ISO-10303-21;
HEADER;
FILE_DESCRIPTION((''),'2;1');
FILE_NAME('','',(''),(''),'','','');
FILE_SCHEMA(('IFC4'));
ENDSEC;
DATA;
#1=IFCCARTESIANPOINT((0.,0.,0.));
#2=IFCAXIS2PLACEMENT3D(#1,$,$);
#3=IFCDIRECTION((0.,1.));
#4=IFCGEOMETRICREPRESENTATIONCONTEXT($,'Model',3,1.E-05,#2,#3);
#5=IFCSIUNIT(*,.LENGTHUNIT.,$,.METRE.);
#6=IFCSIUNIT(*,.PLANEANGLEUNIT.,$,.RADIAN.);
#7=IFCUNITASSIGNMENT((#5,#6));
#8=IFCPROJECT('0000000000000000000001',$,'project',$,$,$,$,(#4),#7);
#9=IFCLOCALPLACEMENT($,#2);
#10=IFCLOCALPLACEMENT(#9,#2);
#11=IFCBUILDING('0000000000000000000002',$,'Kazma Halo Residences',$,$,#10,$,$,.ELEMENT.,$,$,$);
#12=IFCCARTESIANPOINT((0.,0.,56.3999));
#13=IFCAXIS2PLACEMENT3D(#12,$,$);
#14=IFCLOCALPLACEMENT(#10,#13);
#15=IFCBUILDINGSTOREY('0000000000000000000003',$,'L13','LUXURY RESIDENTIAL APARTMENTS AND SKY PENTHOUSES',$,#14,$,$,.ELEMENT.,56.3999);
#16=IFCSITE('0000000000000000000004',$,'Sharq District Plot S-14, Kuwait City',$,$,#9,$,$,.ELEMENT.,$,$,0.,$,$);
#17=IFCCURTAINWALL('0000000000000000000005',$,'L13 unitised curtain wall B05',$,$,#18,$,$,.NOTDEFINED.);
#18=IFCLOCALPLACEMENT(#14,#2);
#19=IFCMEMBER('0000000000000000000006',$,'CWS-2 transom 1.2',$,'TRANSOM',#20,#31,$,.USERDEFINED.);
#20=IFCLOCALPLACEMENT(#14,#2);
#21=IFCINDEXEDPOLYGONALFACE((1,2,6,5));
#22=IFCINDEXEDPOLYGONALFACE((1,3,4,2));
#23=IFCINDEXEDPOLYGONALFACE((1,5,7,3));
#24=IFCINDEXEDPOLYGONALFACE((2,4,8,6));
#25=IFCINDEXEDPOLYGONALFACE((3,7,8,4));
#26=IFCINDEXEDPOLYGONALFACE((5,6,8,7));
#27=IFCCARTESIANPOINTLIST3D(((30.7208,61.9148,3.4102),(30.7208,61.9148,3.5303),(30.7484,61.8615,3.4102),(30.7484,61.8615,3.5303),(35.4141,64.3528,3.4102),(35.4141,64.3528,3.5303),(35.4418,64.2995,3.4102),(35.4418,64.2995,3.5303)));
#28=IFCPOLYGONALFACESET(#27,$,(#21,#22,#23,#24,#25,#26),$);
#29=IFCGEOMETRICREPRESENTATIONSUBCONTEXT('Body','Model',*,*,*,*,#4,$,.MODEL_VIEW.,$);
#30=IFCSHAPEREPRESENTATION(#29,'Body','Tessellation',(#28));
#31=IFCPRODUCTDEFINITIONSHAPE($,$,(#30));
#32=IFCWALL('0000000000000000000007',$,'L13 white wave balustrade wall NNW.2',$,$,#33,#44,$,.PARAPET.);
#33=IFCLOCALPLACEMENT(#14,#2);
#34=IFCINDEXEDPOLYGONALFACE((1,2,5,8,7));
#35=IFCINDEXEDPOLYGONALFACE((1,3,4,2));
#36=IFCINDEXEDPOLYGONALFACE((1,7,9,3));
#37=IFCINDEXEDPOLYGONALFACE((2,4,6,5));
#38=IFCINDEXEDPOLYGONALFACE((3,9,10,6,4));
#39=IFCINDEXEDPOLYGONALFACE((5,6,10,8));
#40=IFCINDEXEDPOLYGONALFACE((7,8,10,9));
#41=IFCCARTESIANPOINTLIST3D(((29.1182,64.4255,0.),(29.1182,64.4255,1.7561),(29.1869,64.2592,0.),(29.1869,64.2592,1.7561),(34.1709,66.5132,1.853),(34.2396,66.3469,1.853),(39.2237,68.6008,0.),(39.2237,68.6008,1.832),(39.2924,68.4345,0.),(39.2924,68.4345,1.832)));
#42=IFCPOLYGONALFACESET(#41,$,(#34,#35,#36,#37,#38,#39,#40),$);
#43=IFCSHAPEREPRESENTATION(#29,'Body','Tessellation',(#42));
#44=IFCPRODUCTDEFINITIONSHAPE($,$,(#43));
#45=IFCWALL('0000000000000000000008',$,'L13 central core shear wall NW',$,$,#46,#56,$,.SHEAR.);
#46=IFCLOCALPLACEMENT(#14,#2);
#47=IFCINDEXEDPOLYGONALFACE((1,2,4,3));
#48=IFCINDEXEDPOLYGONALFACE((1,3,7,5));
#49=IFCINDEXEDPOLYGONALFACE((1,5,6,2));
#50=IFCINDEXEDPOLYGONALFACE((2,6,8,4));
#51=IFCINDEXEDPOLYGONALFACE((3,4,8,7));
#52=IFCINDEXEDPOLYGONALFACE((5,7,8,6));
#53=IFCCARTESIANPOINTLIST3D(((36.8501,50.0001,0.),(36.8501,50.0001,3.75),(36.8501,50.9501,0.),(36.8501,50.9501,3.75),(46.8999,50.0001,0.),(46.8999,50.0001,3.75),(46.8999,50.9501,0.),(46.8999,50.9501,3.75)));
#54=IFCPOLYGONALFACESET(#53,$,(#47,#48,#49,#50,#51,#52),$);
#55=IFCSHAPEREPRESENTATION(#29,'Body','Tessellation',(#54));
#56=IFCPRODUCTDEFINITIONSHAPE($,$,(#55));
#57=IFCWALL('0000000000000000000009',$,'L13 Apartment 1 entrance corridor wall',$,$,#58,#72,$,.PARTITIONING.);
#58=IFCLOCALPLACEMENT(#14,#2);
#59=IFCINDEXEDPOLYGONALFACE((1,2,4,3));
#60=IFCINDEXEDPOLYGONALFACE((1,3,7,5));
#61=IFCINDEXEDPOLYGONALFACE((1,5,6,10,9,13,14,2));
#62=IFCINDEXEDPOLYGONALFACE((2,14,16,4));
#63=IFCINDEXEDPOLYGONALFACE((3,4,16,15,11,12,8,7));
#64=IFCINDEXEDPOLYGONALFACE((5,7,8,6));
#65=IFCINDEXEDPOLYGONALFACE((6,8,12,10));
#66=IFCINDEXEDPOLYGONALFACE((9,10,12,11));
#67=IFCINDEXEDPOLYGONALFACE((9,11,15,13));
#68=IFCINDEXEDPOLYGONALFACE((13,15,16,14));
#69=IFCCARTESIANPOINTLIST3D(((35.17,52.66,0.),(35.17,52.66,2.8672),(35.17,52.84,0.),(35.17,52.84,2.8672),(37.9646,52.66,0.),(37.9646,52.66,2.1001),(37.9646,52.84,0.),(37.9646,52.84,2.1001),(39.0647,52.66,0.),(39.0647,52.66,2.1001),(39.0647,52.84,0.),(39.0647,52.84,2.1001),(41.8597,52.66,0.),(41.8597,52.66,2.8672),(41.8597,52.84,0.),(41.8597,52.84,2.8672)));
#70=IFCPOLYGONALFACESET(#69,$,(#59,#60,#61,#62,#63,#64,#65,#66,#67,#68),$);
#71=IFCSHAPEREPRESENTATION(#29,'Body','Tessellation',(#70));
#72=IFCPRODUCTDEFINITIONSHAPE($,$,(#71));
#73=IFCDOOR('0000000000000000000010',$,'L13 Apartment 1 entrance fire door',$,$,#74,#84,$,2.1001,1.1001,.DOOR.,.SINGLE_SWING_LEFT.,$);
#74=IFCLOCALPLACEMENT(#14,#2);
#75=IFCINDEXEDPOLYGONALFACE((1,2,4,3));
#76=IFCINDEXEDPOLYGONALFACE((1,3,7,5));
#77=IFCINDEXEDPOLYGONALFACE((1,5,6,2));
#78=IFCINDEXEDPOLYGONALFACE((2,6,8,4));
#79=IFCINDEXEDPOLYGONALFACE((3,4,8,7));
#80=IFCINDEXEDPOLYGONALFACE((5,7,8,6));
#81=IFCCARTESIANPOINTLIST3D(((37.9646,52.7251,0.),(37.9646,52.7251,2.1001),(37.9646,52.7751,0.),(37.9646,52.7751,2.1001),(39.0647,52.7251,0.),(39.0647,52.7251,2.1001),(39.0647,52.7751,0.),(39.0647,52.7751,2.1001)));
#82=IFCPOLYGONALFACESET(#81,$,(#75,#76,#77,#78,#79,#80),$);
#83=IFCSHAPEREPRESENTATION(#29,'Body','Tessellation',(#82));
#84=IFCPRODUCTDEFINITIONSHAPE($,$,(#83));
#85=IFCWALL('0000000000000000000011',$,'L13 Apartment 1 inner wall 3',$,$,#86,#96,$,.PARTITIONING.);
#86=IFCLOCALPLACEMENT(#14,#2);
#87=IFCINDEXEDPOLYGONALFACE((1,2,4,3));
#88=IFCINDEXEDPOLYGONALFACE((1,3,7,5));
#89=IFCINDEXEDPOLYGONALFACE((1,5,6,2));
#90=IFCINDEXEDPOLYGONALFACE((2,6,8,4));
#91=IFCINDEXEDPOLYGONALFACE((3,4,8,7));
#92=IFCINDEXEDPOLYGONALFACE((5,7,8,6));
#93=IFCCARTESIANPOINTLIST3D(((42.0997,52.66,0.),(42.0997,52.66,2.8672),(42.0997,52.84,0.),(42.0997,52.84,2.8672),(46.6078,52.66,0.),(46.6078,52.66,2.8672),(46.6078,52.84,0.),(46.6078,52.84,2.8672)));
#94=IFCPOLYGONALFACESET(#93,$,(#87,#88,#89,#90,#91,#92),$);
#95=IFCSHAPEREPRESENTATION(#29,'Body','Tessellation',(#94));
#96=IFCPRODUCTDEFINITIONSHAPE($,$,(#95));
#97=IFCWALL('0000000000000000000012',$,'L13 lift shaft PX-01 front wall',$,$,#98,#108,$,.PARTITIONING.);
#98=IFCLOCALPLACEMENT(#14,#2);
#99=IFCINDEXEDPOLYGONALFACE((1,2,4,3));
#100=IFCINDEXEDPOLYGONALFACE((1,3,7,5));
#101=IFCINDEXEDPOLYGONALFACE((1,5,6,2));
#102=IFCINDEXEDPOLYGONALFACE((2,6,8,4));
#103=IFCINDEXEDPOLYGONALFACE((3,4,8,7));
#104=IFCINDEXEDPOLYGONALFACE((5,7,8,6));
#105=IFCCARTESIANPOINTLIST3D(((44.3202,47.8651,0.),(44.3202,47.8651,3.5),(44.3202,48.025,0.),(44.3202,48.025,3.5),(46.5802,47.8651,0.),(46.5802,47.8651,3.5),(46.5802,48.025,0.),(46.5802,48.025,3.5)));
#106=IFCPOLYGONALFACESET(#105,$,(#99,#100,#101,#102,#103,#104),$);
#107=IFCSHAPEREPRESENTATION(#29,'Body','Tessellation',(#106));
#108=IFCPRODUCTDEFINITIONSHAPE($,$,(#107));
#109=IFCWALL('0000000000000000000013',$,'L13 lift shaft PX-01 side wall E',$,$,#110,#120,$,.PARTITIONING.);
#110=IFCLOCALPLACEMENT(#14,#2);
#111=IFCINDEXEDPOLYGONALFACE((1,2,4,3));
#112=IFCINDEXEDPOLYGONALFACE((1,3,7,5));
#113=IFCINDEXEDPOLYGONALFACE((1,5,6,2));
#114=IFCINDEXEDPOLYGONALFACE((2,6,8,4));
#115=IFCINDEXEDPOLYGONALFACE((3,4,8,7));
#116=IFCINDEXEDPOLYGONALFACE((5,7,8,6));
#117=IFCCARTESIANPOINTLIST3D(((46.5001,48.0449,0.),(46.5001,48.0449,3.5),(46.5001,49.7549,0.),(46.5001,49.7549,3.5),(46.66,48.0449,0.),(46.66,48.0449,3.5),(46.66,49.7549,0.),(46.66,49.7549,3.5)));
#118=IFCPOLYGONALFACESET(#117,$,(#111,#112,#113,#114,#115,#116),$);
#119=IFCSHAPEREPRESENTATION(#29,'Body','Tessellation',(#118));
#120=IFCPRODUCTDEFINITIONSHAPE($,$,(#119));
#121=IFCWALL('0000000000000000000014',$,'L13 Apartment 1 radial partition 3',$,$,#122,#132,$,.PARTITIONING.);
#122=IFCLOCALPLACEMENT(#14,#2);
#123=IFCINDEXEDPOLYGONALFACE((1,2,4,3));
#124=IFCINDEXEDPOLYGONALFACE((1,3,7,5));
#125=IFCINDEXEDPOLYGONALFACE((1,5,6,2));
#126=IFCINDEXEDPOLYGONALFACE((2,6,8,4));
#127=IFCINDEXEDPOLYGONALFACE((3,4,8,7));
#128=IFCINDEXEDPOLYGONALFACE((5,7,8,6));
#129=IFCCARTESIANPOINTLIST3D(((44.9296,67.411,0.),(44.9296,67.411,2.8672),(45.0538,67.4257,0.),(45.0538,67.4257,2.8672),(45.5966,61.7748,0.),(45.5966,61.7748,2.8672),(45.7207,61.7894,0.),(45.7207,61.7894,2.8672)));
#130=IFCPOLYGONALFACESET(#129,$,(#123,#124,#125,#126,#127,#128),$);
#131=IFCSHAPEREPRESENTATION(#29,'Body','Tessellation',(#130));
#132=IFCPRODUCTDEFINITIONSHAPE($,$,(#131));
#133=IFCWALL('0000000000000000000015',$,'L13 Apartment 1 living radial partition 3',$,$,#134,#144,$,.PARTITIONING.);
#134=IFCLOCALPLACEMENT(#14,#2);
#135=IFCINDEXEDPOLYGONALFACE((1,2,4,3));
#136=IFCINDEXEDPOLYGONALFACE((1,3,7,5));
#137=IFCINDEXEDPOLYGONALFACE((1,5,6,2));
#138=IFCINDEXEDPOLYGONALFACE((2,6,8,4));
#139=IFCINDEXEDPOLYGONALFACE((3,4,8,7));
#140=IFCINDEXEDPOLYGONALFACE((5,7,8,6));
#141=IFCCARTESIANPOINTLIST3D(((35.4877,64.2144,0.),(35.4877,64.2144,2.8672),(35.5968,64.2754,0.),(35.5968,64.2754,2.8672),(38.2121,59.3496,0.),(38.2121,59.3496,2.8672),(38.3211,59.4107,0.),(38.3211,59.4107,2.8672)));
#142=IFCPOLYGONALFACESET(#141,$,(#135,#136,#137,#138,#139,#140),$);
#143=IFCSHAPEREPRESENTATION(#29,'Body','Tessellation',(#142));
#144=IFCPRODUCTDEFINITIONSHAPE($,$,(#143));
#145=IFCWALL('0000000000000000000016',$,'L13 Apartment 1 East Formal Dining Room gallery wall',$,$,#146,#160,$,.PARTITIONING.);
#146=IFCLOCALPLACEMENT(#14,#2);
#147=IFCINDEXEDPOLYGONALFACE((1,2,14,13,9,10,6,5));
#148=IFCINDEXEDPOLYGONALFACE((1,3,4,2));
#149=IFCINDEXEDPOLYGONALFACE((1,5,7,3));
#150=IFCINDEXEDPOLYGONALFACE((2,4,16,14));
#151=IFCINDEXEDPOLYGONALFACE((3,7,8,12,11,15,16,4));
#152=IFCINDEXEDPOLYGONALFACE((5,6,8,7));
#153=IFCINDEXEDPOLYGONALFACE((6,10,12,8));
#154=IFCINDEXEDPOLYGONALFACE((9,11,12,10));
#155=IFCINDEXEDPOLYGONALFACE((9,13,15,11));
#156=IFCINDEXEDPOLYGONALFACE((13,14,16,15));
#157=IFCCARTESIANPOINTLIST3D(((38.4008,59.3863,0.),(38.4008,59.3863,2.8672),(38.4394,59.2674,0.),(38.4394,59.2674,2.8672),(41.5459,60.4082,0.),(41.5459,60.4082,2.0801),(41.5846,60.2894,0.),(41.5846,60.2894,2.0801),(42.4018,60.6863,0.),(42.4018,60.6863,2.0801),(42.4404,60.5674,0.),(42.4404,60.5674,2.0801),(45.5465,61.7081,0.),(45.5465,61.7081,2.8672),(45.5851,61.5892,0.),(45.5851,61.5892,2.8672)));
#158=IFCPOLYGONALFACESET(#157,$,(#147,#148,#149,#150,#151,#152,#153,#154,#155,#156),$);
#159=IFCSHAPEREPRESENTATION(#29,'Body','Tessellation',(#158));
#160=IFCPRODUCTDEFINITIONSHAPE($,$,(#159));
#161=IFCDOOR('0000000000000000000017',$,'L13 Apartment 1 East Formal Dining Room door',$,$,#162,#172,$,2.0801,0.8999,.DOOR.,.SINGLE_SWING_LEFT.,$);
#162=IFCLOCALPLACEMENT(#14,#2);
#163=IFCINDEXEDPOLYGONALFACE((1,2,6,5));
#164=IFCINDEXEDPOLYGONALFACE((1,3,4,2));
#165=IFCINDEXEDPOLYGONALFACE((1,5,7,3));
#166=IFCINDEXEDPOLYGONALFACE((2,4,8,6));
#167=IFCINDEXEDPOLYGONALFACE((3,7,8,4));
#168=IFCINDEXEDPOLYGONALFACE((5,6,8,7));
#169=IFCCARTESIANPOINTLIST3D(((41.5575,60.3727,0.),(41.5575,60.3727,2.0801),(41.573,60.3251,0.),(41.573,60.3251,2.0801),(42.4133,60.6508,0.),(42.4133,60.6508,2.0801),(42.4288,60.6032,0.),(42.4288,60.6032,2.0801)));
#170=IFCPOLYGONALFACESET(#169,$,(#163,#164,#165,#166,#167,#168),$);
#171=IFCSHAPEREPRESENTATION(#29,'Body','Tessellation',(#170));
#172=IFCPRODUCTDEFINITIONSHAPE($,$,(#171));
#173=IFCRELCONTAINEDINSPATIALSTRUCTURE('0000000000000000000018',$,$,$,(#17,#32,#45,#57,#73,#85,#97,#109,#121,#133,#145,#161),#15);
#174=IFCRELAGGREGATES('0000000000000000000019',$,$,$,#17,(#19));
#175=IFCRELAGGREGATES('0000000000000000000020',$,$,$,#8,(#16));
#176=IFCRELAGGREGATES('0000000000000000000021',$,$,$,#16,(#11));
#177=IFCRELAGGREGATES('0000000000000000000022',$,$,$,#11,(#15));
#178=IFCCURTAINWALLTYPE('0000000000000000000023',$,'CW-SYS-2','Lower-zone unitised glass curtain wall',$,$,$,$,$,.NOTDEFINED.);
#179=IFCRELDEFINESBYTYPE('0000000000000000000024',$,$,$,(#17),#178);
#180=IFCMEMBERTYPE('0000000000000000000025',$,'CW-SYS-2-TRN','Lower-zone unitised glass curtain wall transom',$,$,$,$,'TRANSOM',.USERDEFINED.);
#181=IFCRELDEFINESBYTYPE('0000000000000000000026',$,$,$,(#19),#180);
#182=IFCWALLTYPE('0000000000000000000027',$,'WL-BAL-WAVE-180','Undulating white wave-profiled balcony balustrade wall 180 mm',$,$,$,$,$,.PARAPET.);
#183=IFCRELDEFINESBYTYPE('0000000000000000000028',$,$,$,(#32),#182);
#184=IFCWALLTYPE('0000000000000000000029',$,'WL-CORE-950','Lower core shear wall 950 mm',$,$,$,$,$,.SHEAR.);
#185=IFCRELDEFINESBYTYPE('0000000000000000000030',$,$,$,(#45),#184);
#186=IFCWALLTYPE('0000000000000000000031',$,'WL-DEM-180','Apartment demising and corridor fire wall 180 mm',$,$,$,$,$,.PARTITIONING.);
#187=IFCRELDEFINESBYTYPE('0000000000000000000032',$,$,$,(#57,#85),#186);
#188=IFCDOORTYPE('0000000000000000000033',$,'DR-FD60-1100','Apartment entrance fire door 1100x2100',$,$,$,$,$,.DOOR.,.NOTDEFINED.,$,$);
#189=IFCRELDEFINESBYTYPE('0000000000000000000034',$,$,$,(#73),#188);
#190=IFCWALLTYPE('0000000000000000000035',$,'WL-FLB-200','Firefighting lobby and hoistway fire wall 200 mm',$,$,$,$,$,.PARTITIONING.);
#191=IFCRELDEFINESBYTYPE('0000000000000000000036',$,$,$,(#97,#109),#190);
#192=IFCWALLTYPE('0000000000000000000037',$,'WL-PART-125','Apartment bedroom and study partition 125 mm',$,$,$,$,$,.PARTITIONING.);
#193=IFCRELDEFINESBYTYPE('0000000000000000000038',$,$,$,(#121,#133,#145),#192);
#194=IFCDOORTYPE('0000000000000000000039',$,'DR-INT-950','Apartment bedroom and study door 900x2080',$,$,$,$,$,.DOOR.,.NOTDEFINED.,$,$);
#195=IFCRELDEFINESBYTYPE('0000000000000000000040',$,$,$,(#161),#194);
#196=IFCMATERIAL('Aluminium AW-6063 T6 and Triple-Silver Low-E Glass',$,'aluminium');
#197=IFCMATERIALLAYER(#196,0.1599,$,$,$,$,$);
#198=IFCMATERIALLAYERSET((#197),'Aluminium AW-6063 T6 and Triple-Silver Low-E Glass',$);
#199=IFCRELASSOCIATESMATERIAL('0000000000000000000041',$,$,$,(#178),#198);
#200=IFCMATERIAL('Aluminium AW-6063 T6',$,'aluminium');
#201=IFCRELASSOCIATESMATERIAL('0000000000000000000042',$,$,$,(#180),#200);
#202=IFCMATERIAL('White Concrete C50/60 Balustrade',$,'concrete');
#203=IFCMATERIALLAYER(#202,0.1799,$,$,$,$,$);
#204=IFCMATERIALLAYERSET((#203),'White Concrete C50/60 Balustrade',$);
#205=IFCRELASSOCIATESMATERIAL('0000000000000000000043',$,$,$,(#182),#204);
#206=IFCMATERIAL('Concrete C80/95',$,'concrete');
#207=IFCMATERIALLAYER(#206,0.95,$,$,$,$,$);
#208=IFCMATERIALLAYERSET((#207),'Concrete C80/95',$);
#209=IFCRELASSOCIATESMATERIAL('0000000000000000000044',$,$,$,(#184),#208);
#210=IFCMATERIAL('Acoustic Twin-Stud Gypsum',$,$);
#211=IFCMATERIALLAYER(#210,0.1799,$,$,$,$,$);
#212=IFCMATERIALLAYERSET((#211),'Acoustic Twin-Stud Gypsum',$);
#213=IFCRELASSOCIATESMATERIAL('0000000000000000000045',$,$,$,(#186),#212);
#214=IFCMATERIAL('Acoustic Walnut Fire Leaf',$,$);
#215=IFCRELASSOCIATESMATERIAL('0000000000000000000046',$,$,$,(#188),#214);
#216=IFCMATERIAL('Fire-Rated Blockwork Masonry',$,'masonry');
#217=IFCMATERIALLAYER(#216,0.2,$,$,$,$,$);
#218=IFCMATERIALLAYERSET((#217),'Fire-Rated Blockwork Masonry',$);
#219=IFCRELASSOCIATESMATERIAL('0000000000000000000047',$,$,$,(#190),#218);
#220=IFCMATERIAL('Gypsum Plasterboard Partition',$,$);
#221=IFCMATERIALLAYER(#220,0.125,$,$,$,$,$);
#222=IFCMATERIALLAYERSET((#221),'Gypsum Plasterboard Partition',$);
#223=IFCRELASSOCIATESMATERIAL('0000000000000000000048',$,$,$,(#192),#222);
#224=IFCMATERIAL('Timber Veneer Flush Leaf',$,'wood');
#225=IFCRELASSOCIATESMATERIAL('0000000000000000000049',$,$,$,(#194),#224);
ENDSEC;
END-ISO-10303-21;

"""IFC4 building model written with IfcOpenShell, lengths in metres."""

from ifc_helpers import new_model, si_unit, direction, frame, frame_2d, origin, origin_2d, place, context, subcontext, project, spatial, polyline, rectangle, outline, extrude, material, layer, layer_set, material_profile, profile_set, type_object, element, fill, aggregate, save


model = new_model("IFC4")

# Units and contexts
model_context = context("Model", 3, precision=1e-05, world=origin(), true_north=direction((0.0, 1.0)))
body_context = subcontext(model_context, "Body", "Model", "MODEL_VIEW")
ifc_project = project(units=[si_unit("LENGTHUNIT", "METRE"), si_unit("PLANEANGLEUNIT", "RADIAN")], contexts=[model_context])

# Site, building, storey
site_placement = place(None, origin())
site = spatial("IfcSite", under=ifc_project, at=site_placement, Name="Sharq District Plot S-14, Kuwait City", CompositionType="ELEMENT", RefElevation=0.0)
building_placement = place(site_placement, origin())
building = spatial("IfcBuilding", under=site, at=building_placement, Name="Kazma Halo Residences", CompositionType="ELEMENT")
storey_placement = place(building_placement, frame((0.0, 0.0, 56.3999)))
storey = spatial("IfcBuildingStorey", under=building, at=storey_placement, Name="L13", Description="LUXURY RESIDENTIAL APARTMENTS AND SKY PENTHOUSES", CompositionType="ELEMENT", Elevation=56.3999)

# Shared definitions
ifc_material_1 = material(Name="Concrete C80/95", Category="concrete")

# Shared definitions
ifc_material_2 = material(Name="Aluminium AW-6063 T6 and Triple-Silver Low-E Glass", Category="aluminium")
ifc_layer_1 = layer(ifc_material_2, 0.1599)
ifc_layer_set_1 = layer_set([ifc_layer_1], Name="Aluminium AW-6063 T6 and Triple-Silver Low-E Glass")
curtain_wall_type = type_object("IfcCurtainWallType", Name="CW-SYS-2", Description="Lower-zone unitised glass curtain wall", PredefinedType="NOTDEFINED", material=ifc_layer_set_1)
ifc_material_3 = material(Name="Aluminium AW-6063 T6", Category="aluminium")

# Curtain wall, member
curtain_wall_1_placement = place(storey_placement, origin())
curtain_wall_1 = element("IfcCurtainWall", 1, at=curtain_wall_1_placement, inside=storey, type_object=curtain_wall_type, Name="L13 unitised curtain wall B05", PredefinedType="NOTDEFINED")
ifc_material_profile_1 = material_profile(ifc_material_3, rectangle(XDim=0.0601, YDim=0.1201, at=origin_2d()), Name="CWT-60x120")
ifc_profile_set_1 = profile_set([ifc_material_profile_1], Name="Aluminium AW-6063 T6")
member_type_1 = type_object("IfcMemberType", Name="CW-SYS-2-TRN", Description="Lower-zone unitised glass curtain wall transom", ElementType="TRANSOM", PredefinedType="USERDEFINED", material=ifc_profile_set_1)
member_1_placement = place(storey_placement, frame((35.428, 64.3262, 3.4702), z_axis=(-0.887415, -0.460972, 0.0), x_axis=(0.460972, -0.887415, 0.0)))
member_1 = element("IfcMember", 2, at=member_1_placement, type_object=member_type_1, Name="CWS-2 transom 1.2", ObjectType="TRANSOM", PredefinedType="USERDEFINED", context=body_context, shape_type="SweptSolid", body=[
    extrude(rectangle(XDim=0.0601, YDim=0.1201, at=origin_2d()), origin(), (0.0, 0.0, 1.0), 5.2888),
])
aggregate(curtain_wall_1, [member_1])

# Walls
ifc_material_4 = material(Name="White Concrete C50/60 Balustrade", Category="concrete")
ifc_layer_2 = layer(ifc_material_4, 0.1799)
ifc_layer_set_2 = layer_set([ifc_layer_2], Name="White Concrete C50/60 Balustrade")
wall_type_1 = type_object("IfcWallType", Name="WL-BAL-WAVE-180", Description="Undulating white wave-profiled balcony balustrade wall 180 mm", PredefinedType="PARAPET", material=ifc_layer_set_2)
wall_1_placement = place(storey_placement, frame((39.2581, 68.5176, 0.0), z_axis=(0.0, 0.0, 1.0), x_axis=(-0.92422, -0.381861, 0.0)))
element("IfcWall", 3, at=wall_1_placement, inside=storey, type_object=wall_type_1, Name="L13 white wave balustrade wall NNW.2", PredefinedType="PARAPET", context=body_context, shape_type="SweptSolid", body=[
    extrude(outline(polyline([(0.0, 0.0), (10.9341, 0.0), (10.9341, 1.7561), (5.467, 1.853), (0.0, 1.832), (0.0, 0.0)])), frame((0.0, 0.0898, 0.0), z_axis=(0.0, -1.0, 0.0), x_axis=(1.0, 0.0, 0.0)), (0.0, 0.0, 1.0), 0.1799),
])
ifc_layer_3 = layer(ifc_material_1, 0.95)
ifc_layer_set_3 = layer_set([ifc_layer_3], Name="Concrete C80/95")
wall_type_2 = type_object("IfcWallType", Name="WL-CORE-950", Description="Lower core shear wall 950 mm", PredefinedType="SHEAR", material=ifc_layer_set_3)
wall_2_placement = place(storey_placement, frame((36.8501, 50.4751, 0.0), z_axis=(0.0, 0.0, 1.0), x_axis=(1.0, 0.0, 0.0)))
element("IfcWall", 4, at=wall_2_placement, inside=storey, type_object=wall_type_2, Name="L13 central core shear wall NW", PredefinedType="SHEAR", context=body_context, shape_type="SweptSolid", body=[
    extrude(rectangle(XDim=10.0498, YDim=0.95, at=frame_2d((5.0249, 0.0))), origin(), (0.0, 0.0, 1.0), 3.75),
])

# Wall, opening, door
ifc_material_5 = material(Name="Acoustic Twin-Stud Gypsum")
ifc_layer_4 = layer(ifc_material_5, 0.1799)
ifc_layer_set_4 = layer_set([ifc_layer_4], Name="Acoustic Twin-Stud Gypsum")
wall_type_3 = type_object("IfcWallType", Name="WL-DEM-180", Description="Apartment demising and corridor fire wall 180 mm", PredefinedType="PARTITIONING", material=ifc_layer_set_4)
wall_3_placement = place(storey_placement, frame((41.8596, 52.75, 0.0), z_axis=(0.0, 0.0, 1.0), x_axis=(-1.0, 0.0, 0.0)))
wall_3 = element("IfcWall", 5, at=wall_3_placement, inside=storey, type_object=wall_type_3, Name="L13 Apartment 1 entrance corridor wall", PredefinedType="PARTITIONING", context=body_context, shape_type="SweptSolid", body=[
    extrude(rectangle(XDim=6.6897, YDim=0.1799, at=frame_2d((3.3447, 0.0))), origin(), (0.0, 0.0, 1.0), 2.8672),
])
opening_1_placement = place(wall_3_placement, frame((2.7949, 0.0, 0.0)))
opening_1 = element("IfcOpeningElement", 6, at=opening_1_placement, cuts=wall_3, PredefinedType="OPENING", context=body_context, shape_type="SweptSolid", body=[
    extrude(rectangle(XDim=1.1001, YDim=2.1001, at=frame_2d((0.55, 1.05))), frame((0.0, 0.0999, 0.0), z_axis=(0.0, -1.0, 0.0), x_axis=(1.0, 0.0, 0.0)), (0.0, 0.0, 1.0), 0.2),
])
ifc_material_6 = material(Name="Acoustic Walnut Fire Leaf")
door_type_1 = type_object("IfcDoorType", Name="DR-FD60-1100", Description="Apartment entrance fire door 1100x2100", OperationType="NOTDEFINED", PredefinedType="DOOR", material=ifc_material_6)
door_1_placement = place(opening_1_placement, origin())
door_1 = element("IfcDoor", 7, at=door_1_placement, inside=storey, type_object=door_type_1, Name="L13 Apartment 1 entrance fire door", OperationType="SINGLE_SWING_LEFT", OverallHeight=2.1001, OverallWidth=1.1001, PredefinedType="DOOR", context=body_context, shape_type="SweptSolid", body=[
    extrude(rectangle(XDim=1.1001, YDim=2.1001, at=frame_2d((0.55, 1.05))), frame((0.0, 0.0249, 0.0), z_axis=(0.0, -1.0, 0.0), x_axis=(1.0, 0.0, 0.0)), (0.0, 0.0, 1.0), 0.05),
])
fill(opening_1, door_1)

# Wall
wall_4_placement = place(storey_placement, frame((46.6077, 52.75, 0.0), z_axis=(0.0, 0.0, 1.0), x_axis=(-1.0, 0.0, 0.0)))
element("IfcWall", 8, at=wall_4_placement, inside=storey, type_object=wall_type_3, Name="L13 Apartment 1 inner wall 3", PredefinedType="PARTITIONING", context=body_context, shape_type="SweptSolid", body=[
    extrude(rectangle(XDim=4.5081, YDim=0.1799, at=frame_2d((2.2539, 0.0))), origin(), (0.0, 0.0, 1.0), 2.8672),
])

# Walls
ifc_material_7 = material(Name="Fire-Rated Blockwork Masonry", Category="masonry")
ifc_layer_5 = layer(ifc_material_7, 0.2)
ifc_layer_set_5 = layer_set([ifc_layer_5], Name="Fire-Rated Blockwork Masonry")
wall_type_4 = type_object("IfcWallType", Name="WL-FLB-200", Description="Firefighting lobby and hoistway fire wall 200 mm", PredefinedType="PARTITIONING", material=ifc_layer_set_5)
wall_5_placement = place(storey_placement, frame((46.5801, 47.9451, 0.0), z_axis=(0.0, 0.0, 1.0), x_axis=(-1.0, 0.0, 0.0)))
element("IfcWall", 9, at=wall_5_placement, inside=storey, type_object=wall_type_4, Name="L13 lift shaft PX-01 front wall", PredefinedType="PARTITIONING", context=body_context, shape_type="SweptSolid", body=[
    extrude(rectangle(XDim=2.26, YDim=0.1599, at=frame_2d((1.1299, 0.0))), origin(), (0.0, 0.0, 1.0), 3.5),
])
wall_6_placement = place(storey_placement, frame((46.5801, 48.0449, 0.0), z_axis=(0.0, 0.0, 1.0), x_axis=(0.0, 1.0, 0.0)))
element("IfcWall", 10, at=wall_6_placement, inside=storey, type_object=wall_type_4, Name="L13 lift shaft PX-01 side wall E", PredefinedType="PARTITIONING", context=body_context, shape_type="SweptSolid", body=[
    extrude(rectangle(XDim=1.71, YDim=0.1599, at=frame_2d((0.855, 0.0))), origin(), (0.0, 0.0, 1.0), 3.5),
])
ifc_material_8 = material(Name="Gypsum Plasterboard Partition")
ifc_layer_6 = layer(ifc_material_8, 0.125)
ifc_layer_set_6 = layer_set([ifc_layer_6], Name="Gypsum Plasterboard Partition")
wall_type_5 = type_object("IfcWallType", Name="WL-PART-125", Description="Apartment bedroom and study partition 125 mm", PredefinedType="PARTITIONING", material=ifc_layer_set_6)
wall_7_placement = place(storey_placement, frame((45.6587, 61.782, 0.0), z_axis=(0.0, 0.0, 1.0), x_axis=(-0.11752, 0.993071, 0.0)))
element("IfcWall", 11, at=wall_7_placement, inside=storey, type_object=wall_type_5, Name="L13 Apartment 1 radial partition 3", PredefinedType="PARTITIONING", context=body_context, shape_type="SweptSolid", body=[
    extrude(rectangle(XDim=5.6755, YDim=0.125, at=frame_2d((2.8379, 0.0))), origin(), (0.0, 0.0, 1.0), 2.8672),
])
wall_8_placement = place(storey_placement, frame((38.2666, 59.3801, 0.0), z_axis=(0.0, 0.0, 1.0), x_axis=(-0.488618, 0.872498, 0.0)))
element("IfcWall", 12, at=wall_8_placement, inside=storey, type_object=wall_type_5, Name="L13 Apartment 1 living radial partition 3", PredefinedType="PARTITIONING", context=body_context, shape_type="SweptSolid", body=[
    extrude(rectangle(XDim=5.5757, YDim=0.125, at=frame_2d((2.7878, 0.0))), origin(), (0.0, 0.0, 1.0), 2.8672),
])

# Wall, opening, door
wall_9_placement = place(storey_placement, frame((45.5659, 61.6487, 0.0), z_axis=(0.0, 0.0, 1.0), x_axis=(-0.951057, -0.309015, 0.0)))
wall_9 = element("IfcWall", 13, at=wall_9_placement, inside=storey, type_object=wall_type_5, Name="L13 Apartment 1 East Formal Dining Room gallery wall", PredefinedType="PARTITIONING", context=body_context, shape_type="SweptSolid", body=[
    extrude(rectangle(XDim=7.5134, YDim=0.125, at=frame_2d((3.7568, 0.0))), origin(), (0.0, 0.0, 1.0), 2.8672),
])
opening_2_placement = place(wall_9_placement, frame((3.3066, 0.0, 0.0)))
opening_2 = element("IfcOpeningElement", 14, at=opening_2_placement, cuts=wall_9, PredefinedType="OPENING", context=body_context, shape_type="SweptSolid", body=[
    extrude(rectangle(XDim=0.8999, YDim=2.0801, at=frame_2d((0.45, 1.04))), frame((0.0, 0.0725, 0.0), z_axis=(0.0, -1.0, 0.0), x_axis=(1.0, 0.0, 0.0)), (0.0, 0.0, 1.0), 0.145),
])
ifc_material_9 = material(Name="Timber Veneer Flush Leaf", Category="wood")
door_type_2 = type_object("IfcDoorType", Name="DR-INT-950", Description="Apartment bedroom and study door 900x2080", OperationType="NOTDEFINED", PredefinedType="DOOR", material=ifc_material_9)
door_2_placement = place(opening_2_placement, origin())
door_2 = element("IfcDoor", 15, at=door_2_placement, inside=storey, type_object=door_type_2, Name="L13 Apartment 1 East Formal Dining Room door", OperationType="SINGLE_SWING_LEFT", OverallHeight=2.0801, OverallWidth=0.8999, PredefinedType="DOOR", context=body_context, shape_type="SweptSolid", body=[
    extrude(rectangle(XDim=0.8999, YDim=2.0801, at=frame_2d((0.45, 1.04))), frame((0.0, 0.0249, 0.0), z_axis=(0.0, -1.0, 0.0), x_axis=(1.0, 0.0, 0.0)), (0.0, 0.0, 1.0), 0.05),
])
fill(opening_2, door_2)

save(model, "model.ifc")
